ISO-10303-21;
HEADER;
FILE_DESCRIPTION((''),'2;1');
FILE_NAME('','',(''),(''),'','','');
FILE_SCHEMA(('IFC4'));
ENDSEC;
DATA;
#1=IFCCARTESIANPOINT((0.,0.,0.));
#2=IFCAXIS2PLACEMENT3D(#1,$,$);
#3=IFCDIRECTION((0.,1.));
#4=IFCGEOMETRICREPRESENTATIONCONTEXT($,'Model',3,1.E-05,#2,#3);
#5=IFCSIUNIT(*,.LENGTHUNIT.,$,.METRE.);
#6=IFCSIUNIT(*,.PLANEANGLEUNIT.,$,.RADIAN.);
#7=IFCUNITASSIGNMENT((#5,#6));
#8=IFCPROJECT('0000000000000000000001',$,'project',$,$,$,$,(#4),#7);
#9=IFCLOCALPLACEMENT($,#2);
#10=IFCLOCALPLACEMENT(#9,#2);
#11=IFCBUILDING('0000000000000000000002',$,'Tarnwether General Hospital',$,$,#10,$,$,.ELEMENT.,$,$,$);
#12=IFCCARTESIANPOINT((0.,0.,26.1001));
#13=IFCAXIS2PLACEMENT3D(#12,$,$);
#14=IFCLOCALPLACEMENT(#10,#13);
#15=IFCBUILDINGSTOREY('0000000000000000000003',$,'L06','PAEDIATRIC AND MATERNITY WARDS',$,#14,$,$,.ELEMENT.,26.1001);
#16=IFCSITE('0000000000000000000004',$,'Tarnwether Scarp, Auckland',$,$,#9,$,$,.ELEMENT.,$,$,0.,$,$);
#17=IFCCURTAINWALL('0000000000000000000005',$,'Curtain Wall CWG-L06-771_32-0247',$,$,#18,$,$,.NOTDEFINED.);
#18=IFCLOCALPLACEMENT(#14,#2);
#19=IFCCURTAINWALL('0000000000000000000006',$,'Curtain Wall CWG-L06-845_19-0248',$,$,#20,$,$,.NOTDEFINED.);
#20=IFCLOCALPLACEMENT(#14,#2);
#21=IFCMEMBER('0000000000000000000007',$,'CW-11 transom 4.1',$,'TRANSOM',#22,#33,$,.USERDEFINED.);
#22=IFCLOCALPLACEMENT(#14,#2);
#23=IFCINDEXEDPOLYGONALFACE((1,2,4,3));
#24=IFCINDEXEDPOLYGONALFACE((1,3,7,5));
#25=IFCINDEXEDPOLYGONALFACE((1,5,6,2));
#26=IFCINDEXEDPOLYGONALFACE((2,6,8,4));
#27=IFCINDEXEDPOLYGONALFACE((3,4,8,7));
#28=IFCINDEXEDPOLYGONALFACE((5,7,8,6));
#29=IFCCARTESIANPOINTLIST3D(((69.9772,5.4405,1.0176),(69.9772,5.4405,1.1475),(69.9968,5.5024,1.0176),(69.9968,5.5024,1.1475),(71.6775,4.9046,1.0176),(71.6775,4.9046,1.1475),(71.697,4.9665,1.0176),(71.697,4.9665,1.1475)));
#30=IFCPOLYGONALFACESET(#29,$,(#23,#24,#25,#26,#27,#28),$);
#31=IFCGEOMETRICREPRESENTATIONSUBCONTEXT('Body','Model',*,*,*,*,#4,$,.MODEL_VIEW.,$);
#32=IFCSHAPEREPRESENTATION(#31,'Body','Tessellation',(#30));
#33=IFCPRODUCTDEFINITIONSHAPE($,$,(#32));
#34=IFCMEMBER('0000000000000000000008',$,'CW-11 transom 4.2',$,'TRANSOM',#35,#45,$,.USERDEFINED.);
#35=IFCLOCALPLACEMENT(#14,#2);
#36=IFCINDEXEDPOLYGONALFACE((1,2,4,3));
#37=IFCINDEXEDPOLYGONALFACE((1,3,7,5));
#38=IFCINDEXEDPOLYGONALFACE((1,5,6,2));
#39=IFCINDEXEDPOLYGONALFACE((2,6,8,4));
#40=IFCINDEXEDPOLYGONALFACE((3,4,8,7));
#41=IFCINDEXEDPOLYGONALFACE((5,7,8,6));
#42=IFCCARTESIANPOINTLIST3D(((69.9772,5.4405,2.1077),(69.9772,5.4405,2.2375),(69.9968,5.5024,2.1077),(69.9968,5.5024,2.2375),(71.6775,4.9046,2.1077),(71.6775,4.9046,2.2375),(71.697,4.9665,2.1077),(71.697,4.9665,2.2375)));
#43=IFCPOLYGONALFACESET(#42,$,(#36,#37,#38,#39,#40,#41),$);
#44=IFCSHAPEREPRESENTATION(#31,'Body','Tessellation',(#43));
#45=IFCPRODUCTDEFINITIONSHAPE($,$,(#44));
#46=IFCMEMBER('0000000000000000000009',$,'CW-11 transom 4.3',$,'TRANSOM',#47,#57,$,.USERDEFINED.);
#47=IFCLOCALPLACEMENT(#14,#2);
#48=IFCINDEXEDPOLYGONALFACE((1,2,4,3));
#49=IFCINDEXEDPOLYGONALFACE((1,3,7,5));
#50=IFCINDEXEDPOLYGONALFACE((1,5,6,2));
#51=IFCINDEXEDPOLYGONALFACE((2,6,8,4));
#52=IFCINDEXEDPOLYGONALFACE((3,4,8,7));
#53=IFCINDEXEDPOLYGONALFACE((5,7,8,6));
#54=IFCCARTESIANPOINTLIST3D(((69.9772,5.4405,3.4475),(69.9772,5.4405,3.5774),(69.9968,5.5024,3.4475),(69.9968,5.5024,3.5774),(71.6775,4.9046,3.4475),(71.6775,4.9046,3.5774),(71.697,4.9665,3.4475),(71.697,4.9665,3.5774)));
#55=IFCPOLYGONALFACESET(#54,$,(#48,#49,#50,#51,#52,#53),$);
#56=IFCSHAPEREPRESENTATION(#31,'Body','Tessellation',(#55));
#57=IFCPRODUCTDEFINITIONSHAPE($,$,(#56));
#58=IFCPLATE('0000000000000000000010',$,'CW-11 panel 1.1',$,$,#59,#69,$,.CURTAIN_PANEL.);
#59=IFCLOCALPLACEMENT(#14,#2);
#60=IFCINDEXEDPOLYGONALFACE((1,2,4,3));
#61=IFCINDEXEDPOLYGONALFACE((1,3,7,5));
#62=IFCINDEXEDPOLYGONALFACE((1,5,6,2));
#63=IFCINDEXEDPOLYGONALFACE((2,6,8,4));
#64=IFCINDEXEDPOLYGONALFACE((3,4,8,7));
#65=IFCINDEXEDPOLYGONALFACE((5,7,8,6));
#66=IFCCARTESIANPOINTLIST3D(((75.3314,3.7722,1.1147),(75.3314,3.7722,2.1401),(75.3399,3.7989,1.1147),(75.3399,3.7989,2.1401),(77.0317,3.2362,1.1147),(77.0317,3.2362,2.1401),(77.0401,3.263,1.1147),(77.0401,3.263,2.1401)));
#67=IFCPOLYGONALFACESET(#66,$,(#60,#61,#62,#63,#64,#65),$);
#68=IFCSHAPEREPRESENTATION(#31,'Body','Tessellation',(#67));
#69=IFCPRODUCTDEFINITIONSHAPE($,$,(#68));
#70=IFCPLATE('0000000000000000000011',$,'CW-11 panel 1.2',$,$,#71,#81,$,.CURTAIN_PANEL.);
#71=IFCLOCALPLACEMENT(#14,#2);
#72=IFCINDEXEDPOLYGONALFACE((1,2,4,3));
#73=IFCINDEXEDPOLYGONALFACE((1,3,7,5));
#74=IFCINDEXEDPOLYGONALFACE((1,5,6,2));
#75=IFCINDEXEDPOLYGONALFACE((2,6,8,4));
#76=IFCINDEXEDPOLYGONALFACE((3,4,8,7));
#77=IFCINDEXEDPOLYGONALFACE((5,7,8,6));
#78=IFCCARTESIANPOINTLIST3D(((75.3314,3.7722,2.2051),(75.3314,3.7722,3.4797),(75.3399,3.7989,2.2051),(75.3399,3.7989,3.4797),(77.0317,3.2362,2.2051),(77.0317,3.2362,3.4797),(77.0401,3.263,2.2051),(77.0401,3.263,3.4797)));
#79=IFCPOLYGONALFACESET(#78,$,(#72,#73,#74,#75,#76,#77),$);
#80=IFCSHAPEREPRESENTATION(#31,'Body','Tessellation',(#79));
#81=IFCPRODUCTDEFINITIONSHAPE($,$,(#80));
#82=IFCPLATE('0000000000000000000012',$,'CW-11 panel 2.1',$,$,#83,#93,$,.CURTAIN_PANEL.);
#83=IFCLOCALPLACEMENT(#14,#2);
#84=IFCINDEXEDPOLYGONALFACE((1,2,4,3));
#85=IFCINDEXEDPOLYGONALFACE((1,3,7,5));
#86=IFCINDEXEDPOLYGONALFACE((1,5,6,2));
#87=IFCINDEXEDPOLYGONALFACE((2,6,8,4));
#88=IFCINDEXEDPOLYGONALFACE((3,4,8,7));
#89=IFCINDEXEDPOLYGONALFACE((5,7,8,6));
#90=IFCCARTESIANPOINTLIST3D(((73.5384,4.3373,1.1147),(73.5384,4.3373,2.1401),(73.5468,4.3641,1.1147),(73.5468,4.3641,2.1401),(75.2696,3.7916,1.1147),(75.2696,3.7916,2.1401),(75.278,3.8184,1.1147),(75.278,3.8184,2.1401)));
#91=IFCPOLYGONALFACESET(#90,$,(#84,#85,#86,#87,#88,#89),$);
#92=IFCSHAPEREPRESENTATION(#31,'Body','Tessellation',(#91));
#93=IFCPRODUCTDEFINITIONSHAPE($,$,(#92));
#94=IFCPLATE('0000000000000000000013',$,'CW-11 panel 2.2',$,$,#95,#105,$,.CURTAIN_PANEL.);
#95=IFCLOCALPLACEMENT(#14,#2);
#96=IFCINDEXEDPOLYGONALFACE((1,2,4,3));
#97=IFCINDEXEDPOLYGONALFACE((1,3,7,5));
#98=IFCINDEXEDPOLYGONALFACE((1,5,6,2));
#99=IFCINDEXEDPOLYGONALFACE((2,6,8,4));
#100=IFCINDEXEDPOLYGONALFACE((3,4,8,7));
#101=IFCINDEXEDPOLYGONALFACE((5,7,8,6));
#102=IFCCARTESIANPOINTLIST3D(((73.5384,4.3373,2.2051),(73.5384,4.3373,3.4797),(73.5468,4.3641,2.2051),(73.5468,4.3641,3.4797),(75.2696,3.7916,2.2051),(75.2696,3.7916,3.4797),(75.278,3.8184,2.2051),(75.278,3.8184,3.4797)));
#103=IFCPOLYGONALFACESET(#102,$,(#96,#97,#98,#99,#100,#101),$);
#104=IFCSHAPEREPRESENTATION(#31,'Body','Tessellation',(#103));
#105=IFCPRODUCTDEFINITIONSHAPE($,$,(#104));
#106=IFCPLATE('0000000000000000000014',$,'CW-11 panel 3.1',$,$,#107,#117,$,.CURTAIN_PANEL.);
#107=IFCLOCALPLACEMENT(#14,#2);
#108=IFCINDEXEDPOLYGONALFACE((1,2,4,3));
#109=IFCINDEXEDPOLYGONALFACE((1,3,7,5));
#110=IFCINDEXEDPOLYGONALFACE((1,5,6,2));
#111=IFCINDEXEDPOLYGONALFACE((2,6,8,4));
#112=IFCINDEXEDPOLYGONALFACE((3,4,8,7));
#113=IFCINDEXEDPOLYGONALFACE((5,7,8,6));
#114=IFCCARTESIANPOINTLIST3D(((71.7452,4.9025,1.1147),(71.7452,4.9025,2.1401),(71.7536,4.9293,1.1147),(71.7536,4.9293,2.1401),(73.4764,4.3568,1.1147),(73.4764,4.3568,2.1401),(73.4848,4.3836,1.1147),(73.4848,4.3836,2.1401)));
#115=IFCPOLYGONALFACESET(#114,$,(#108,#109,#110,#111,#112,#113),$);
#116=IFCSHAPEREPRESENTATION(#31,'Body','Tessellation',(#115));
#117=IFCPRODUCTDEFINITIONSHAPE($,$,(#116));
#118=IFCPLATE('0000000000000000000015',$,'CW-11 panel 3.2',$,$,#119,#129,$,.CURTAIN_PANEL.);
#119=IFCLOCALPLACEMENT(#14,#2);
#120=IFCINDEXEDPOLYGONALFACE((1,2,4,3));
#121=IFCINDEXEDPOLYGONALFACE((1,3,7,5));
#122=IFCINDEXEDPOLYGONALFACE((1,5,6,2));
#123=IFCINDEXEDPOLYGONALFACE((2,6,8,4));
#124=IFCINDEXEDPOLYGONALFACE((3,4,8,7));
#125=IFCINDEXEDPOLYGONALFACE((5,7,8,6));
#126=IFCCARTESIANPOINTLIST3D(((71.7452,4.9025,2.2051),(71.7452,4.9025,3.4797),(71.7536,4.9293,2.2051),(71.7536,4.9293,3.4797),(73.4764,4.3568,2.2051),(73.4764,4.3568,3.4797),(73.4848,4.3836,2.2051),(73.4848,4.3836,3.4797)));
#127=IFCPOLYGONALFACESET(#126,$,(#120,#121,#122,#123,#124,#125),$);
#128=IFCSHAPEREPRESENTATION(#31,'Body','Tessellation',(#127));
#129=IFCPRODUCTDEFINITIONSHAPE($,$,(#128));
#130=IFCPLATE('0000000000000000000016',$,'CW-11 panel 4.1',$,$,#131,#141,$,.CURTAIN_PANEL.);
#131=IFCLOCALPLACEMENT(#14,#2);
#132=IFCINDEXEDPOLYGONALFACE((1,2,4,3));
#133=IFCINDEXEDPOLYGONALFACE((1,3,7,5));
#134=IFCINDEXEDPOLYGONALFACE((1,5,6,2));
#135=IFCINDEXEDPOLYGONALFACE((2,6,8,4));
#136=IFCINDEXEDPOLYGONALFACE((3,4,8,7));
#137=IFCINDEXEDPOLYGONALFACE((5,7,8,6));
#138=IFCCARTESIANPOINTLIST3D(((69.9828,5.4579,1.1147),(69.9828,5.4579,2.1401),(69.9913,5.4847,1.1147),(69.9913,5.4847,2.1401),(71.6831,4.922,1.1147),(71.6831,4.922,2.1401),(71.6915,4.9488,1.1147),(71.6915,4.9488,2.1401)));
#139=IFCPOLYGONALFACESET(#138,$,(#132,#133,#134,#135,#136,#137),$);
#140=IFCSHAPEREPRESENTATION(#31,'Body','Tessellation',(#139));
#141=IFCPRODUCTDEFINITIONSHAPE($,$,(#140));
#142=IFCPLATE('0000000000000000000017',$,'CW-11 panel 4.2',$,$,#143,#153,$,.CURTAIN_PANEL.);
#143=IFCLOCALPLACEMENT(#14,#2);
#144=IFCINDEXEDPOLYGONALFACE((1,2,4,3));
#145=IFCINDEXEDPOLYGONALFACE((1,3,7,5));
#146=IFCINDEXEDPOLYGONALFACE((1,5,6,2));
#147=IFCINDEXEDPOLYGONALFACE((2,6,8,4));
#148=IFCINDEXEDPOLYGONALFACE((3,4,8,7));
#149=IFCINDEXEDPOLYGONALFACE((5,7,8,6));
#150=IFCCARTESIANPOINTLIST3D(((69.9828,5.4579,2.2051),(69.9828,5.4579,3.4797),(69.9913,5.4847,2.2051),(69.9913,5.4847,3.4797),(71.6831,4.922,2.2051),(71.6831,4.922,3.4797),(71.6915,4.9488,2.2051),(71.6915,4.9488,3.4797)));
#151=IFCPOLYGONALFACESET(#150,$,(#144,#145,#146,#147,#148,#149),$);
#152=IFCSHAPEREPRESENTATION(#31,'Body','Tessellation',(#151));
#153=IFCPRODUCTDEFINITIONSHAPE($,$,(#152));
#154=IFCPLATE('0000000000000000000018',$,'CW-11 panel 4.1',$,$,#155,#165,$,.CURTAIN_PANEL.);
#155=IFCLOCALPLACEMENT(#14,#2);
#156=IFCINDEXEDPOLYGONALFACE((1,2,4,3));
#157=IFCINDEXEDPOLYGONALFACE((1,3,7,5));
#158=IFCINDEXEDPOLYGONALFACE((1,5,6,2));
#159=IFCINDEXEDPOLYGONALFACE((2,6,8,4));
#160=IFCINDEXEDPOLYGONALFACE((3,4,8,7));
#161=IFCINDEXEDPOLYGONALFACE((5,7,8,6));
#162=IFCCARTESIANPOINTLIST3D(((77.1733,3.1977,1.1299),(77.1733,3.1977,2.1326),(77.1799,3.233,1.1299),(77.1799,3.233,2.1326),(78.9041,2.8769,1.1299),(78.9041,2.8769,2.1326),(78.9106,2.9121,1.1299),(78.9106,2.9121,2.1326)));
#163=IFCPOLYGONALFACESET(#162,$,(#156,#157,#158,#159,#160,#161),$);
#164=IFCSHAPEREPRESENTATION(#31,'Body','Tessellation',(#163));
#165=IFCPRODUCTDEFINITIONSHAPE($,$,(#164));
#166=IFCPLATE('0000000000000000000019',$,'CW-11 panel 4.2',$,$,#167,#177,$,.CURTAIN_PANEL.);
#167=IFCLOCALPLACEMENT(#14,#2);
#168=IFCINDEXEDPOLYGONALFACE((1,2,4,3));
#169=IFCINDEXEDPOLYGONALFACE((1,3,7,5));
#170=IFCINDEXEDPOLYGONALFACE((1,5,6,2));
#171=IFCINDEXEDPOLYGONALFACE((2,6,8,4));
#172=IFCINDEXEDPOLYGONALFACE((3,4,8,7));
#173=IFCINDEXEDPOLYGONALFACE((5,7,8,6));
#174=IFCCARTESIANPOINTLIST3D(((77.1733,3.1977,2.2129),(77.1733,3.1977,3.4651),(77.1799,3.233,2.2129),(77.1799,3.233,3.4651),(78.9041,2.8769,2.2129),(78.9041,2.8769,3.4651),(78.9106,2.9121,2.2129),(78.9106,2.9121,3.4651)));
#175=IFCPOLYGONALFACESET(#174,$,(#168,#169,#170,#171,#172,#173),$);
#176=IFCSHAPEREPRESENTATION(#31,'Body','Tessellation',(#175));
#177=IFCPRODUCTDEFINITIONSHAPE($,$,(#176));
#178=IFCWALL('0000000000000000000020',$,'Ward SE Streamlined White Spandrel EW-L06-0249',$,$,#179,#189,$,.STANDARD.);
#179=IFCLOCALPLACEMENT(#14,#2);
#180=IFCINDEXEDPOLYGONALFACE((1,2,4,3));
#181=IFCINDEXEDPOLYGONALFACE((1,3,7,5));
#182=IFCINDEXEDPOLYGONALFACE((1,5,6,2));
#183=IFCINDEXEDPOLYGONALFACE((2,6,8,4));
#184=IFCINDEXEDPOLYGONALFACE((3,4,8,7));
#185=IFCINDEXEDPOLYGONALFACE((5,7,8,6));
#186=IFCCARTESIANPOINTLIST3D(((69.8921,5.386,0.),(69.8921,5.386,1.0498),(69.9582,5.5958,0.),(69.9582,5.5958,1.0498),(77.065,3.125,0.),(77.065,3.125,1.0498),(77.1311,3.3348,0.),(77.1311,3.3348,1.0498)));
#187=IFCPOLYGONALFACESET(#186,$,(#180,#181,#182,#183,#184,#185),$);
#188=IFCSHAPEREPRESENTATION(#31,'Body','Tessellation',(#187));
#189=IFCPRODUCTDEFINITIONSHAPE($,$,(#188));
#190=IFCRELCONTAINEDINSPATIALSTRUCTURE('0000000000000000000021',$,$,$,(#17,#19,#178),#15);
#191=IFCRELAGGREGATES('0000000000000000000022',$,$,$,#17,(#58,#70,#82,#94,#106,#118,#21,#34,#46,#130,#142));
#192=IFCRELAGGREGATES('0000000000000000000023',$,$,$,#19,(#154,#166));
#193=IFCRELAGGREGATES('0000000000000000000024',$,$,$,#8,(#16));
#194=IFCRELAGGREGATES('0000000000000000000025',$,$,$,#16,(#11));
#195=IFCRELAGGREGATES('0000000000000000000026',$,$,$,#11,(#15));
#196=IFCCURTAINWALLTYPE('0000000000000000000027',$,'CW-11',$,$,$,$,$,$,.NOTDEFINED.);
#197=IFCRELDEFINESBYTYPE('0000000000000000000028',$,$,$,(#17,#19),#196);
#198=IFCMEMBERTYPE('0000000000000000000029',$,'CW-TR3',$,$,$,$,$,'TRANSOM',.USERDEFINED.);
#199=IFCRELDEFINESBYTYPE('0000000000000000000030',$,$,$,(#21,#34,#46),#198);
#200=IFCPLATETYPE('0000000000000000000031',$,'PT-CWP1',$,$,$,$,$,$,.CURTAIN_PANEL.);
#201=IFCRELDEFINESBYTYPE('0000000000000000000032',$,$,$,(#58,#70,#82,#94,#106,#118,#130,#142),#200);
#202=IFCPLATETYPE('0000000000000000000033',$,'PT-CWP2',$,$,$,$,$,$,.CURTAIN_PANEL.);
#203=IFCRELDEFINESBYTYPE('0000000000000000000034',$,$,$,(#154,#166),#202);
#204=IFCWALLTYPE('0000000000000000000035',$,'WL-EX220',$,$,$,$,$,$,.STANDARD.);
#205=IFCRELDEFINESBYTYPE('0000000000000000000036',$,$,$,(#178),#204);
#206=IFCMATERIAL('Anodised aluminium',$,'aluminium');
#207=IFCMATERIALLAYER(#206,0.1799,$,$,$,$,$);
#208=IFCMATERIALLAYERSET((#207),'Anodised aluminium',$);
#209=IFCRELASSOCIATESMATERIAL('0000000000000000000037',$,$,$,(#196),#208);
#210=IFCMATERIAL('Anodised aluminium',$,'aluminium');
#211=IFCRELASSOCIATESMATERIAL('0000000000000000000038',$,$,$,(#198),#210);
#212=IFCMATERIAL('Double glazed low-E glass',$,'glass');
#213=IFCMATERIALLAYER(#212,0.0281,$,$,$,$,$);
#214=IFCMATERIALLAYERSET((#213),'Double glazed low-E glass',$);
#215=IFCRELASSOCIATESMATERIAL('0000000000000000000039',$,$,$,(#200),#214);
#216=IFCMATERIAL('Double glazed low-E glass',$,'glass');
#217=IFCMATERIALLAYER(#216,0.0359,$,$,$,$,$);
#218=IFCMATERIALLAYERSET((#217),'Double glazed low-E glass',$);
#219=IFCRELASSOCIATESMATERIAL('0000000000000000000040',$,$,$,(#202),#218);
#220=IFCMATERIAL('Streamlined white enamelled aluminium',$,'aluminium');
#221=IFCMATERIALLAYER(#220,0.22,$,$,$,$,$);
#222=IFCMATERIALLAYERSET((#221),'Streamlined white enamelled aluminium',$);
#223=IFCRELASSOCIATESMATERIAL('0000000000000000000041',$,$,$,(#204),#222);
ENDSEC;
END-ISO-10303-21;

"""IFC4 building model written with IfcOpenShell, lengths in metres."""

from ifc_helpers import new_model, si_unit, direction, frame, frame_2d, origin, origin_2d, place, context, subcontext, project, spatial, rectangle, extrude, material, layer, layer_set, material_profile, profile_set, type_object, element, aggregate, save


model = new_model("IFC4")

# Units and contexts
model_context = context("Model", 3, precision=1e-05, world=origin(), true_north=direction((0.0, 1.0)))
body_context = subcontext(model_context, "Body", "Model", "MODEL_VIEW")
ifc_project = project(units=[si_unit("LENGTHUNIT", "METRE"), si_unit("PLANEANGLEUNIT", "RADIAN")], contexts=[model_context])

# Site, building, storey
site_placement = place(None, origin())
site = spatial("IfcSite", under=ifc_project, at=site_placement, Name="Tarnwether Scarp, Auckland", CompositionType="ELEMENT", RefElevation=0.0)
building_placement = place(site_placement, origin())
building = spatial("IfcBuilding", under=site, at=building_placement, Name="Tarnwether General Hospital", CompositionType="ELEMENT")
storey_placement = place(building_placement, frame((0.0, 0.0, 26.1001)))
storey = spatial("IfcBuildingStorey", under=building, at=storey_placement, Name="L06", Description="PAEDIATRIC AND MATERNITY WARDS", CompositionType="ELEMENT", Elevation=26.1001)

# Curtain wall
ifc_material_1 = material(Name="Anodised aluminium", Category="aluminium")
ifc_layer_1 = layer(ifc_material_1, 0.1799)
ifc_layer_set_1 = layer_set([ifc_layer_1], Name="Anodised aluminium")
curtain_wall_type = type_object("IfcCurtainWallType", Name="CW-11", PredefinedType="NOTDEFINED", material=ifc_layer_set_1)
curtain_wall_1_placement = place(storey_placement, origin())
curtain_wall_1 = element("IfcCurtainWall", 1, at=curtain_wall_1_placement, inside=storey, type_object=curtain_wall_type, Name="Curtain Wall CWG-L06-771_32-0247", PredefinedType="NOTDEFINED")

# Curtain wall
curtain_wall_2_placement = place(storey_placement, origin())
curtain_wall_2 = element("IfcCurtainWall", 2, at=curtain_wall_2_placement, inside=storey, type_object=curtain_wall_type, Name="Curtain Wall CWG-L06-845_19-0248", PredefinedType="NOTDEFINED")

# Members
ifc_material_2 = material(Name="Anodised aluminium", Category="aluminium")
ifc_material_profile_1 = material_profile(ifc_material_2, rectangle(XDim=0.0649, YDim=0.1299, at=origin_2d()), Name="ALU-TRN-65x130")
ifc_profile_set_1 = profile_set([ifc_material_profile_1], Name="Anodised aluminium")
member_type_1 = type_object("IfcMemberType", Name="CW-TR3", ElementType="TRANSOM", PredefinedType="USERDEFINED", material=ifc_profile_set_1)
member_1_placement = place(storey_placement, frame((71.6873, 4.9355, 1.0825), z_axis=(-0.953746, 0.300614, 0.0), x_axis=(-0.300614, -0.953746, 0.0)))
member_1 = element("IfcMember", 3, at=member_1_placement, type_object=member_type_1, Name="CW-11 transom 4.1", ObjectType="TRANSOM", PredefinedType="USERDEFINED", context=body_context, shape_type="SweptSolid", body=[
    extrude(rectangle(XDim=0.0649, YDim=0.1299, at=origin_2d()), origin(), (0.0, 0.0, 1.0), 1.7827),
])
member_2_placement = place(storey_placement, frame((71.6873, 4.9355, 2.1726), z_axis=(-0.953746, 0.300614, 0.0), x_axis=(-0.300614, -0.953746, 0.0)))
member_2 = element("IfcMember", 4, at=member_2_placement, type_object=member_type_1, Name="CW-11 transom 4.2", ObjectType="TRANSOM", PredefinedType="USERDEFINED", context=body_context, shape_type="SweptSolid", body=[
    extrude(rectangle(XDim=0.0649, YDim=0.1299, at=origin_2d()), origin(), (0.0, 0.0, 1.0), 1.7827),
])
member_3_placement = place(storey_placement, frame((71.6873, 4.9355, 3.5125), z_axis=(-0.953746, 0.300614, 0.0), x_axis=(-0.300614, -0.953746, 0.0)))
member_3 = element("IfcMember", 5, at=member_3_placement, type_object=member_type_1, Name="CW-11 transom 4.3", ObjectType="TRANSOM", PredefinedType="USERDEFINED", context=body_context, shape_type="SweptSolid", body=[
    extrude(rectangle(XDim=0.0649, YDim=0.1299, at=origin_2d()), origin(), (0.0, 0.0, 1.0), 1.7827),
])

# Plates
ifc_material_3 = material(Name="Double glazed low-E glass", Category="glass")
ifc_layer_2 = layer(ifc_material_3, 0.0281)
ifc_layer_set_2 = layer_set([ifc_layer_2], Name="Double glazed low-E glass")
plate_type_1 = type_object("IfcPlateType", Name="PT-CWP1", PredefinedType="CURTAIN_PANEL", material=ifc_layer_set_2)
plate_1_placement = place(storey_placement, frame((76.1858, 3.5176, 1.1147), z_axis=(0.0, 0.0, 1.0), x_axis=(-0.953741, 0.300629, 0.0)))
plate_1 = element("IfcPlate", 6, at=plate_1_placement, type_object=plate_type_1, Name="CW-11 panel 1.1", PredefinedType="CURTAIN_PANEL", context=body_context, shape_type="SweptSolid", body=[
    extrude(rectangle(XDim=1.7827, YDim=0.0281, at=origin_2d()), origin(), (0.0, 0.0, 1.0), 1.0254),
])
plate_2_placement = place(storey_placement, frame((76.1858, 3.5176, 2.2051), z_axis=(0.0, 0.0, 1.0), x_axis=(-0.953741, 0.300629, 0.0)))
plate_2 = element("IfcPlate", 7, at=plate_2_placement, type_object=plate_type_1, Name="CW-11 panel 1.2", PredefinedType="CURTAIN_PANEL", context=body_context, shape_type="SweptSolid", body=[
    extrude(rectangle(XDim=1.7827, YDim=0.0281, at=origin_2d()), origin(), (0.0, 0.0, 1.0), 1.2747),
])
plate_3_placement = place(storey_placement, frame((74.4082, 4.0779, 1.1147), z_axis=(0.0, 0.0, 1.0), x_axis=(-0.953741, 0.300629, 0.0)))
plate_3 = element("IfcPlate", 8, at=plate_3_placement, type_object=plate_type_1, Name="CW-11 panel 2.1", PredefinedType="CURTAIN_PANEL", context=body_context, shape_type="SweptSolid", body=[
    extrude(rectangle(XDim=1.8152, YDim=0.0281, at=origin_2d()), origin(), (0.0, 0.0, 1.0), 1.0254),
])
plate_4_placement = place(storey_placement, frame((74.4082, 4.0779, 2.2051), z_axis=(0.0, 0.0, 1.0), x_axis=(-0.953741, 0.300629, 0.0)))
plate_4 = element("IfcPlate", 9, at=plate_4_placement, type_object=plate_type_1, Name="CW-11 panel 2.2", PredefinedType="CURTAIN_PANEL", context=body_context, shape_type="SweptSolid", body=[
    extrude(rectangle(XDim=1.8152, YDim=0.0281, at=origin_2d()), origin(), (0.0, 0.0, 1.0), 1.2747),
])
plate_5_placement = place(storey_placement, frame((72.615, 4.6431, 1.1147), z_axis=(0.0, 0.0, 1.0), x_axis=(-0.953741, 0.300629, 0.0)))
plate_5 = element("IfcPlate", 10, at=plate_5_placement, type_object=plate_type_1, Name="CW-11 panel 3.1", PredefinedType="CURTAIN_PANEL", context=body_context, shape_type="SweptSolid", body=[
    extrude(rectangle(XDim=1.8152, YDim=0.0281, at=origin_2d()), origin(), (0.0, 0.0, 1.0), 1.0254),
])
plate_6_placement = place(storey_placement, frame((72.615, 4.6431, 2.2051), z_axis=(0.0, 0.0, 1.0), x_axis=(-0.953741, 0.300629, 0.0)))
plate_6 = element("IfcPlate", 11, at=plate_6_placement, type_object=plate_type_1, Name="CW-11 panel 3.2", PredefinedType="CURTAIN_PANEL", context=body_context, shape_type="SweptSolid", body=[
    extrude(rectangle(XDim=1.8152, YDim=0.0281, at=origin_2d()), origin(), (0.0, 0.0, 1.0), 1.2747),
])
plate_7_placement = place(storey_placement, frame((70.8372, 5.2034, 1.1147), z_axis=(0.0, 0.0, 1.0), x_axis=(-0.953741, 0.300629, 0.0)))
plate_7 = element("IfcPlate", 12, at=plate_7_placement, type_object=plate_type_1, Name="CW-11 panel 4.1", PredefinedType="CURTAIN_PANEL", context=body_context, shape_type="SweptSolid", body=[
    extrude(rectangle(XDim=1.7827, YDim=0.0281, at=origin_2d()), origin(), (0.0, 0.0, 1.0), 1.0254),
])
plate_8_placement = place(storey_placement, frame((70.8372, 5.2034, 2.2051), z_axis=(0.0, 0.0, 1.0), x_axis=(-0.953741, 0.300629, 0.0)))
plate_8 = element("IfcPlate", 13, at=plate_8_placement, type_object=plate_type_1, Name="CW-11 panel 4.2", PredefinedType="CURTAIN_PANEL", context=body_context, shape_type="SweptSolid", body=[
    extrude(rectangle(XDim=1.7827, YDim=0.0281, at=origin_2d()), origin(), (0.0, 0.0, 1.0), 1.2747),
])
aggregate(curtain_wall_1, [plate_1, plate_2, plate_3, plate_4, plate_5, plate_6, member_1, member_2, member_3, plate_7, plate_8])
ifc_material_4 = material(Name="Double glazed low-E glass", Category="glass")
ifc_layer_3 = layer(ifc_material_4, 0.0359)
ifc_layer_set_3 = layer_set([ifc_layer_3], Name="Double glazed low-E glass")
plate_type_2 = type_object("IfcPlateType", Name="PT-CWP2", PredefinedType="CURTAIN_PANEL", material=ifc_layer_set_3)
plate_9_placement = place(storey_placement, frame((78.042, 3.0549, 1.1299), z_axis=(0.0, 0.0, 1.0), x_axis=(-0.983245, 0.182289, 0.0)))
plate_9 = element("IfcPlate", 14, at=plate_9_placement, type_object=plate_type_2, Name="CW-11 panel 4.1", PredefinedType="CURTAIN_PANEL", context=body_context, shape_type="SweptSolid", body=[
    extrude(rectangle(XDim=1.7603, YDim=0.0359, at=origin_2d()), origin(), (0.0, 0.0, 1.0), 1.0027),
])
plate_10_placement = place(storey_placement, frame((78.042, 3.0549, 2.2129), z_axis=(0.0, 0.0, 1.0), x_axis=(-0.983245, 0.182289, 0.0)))
plate_10 = element("IfcPlate", 15, at=plate_10_placement, type_object=plate_type_2, Name="CW-11 panel 4.2", PredefinedType="CURTAIN_PANEL", context=body_context, shape_type="SweptSolid", body=[
    extrude(rectangle(XDim=1.7603, YDim=0.0359, at=origin_2d()), origin(), (0.0, 0.0, 1.0), 1.2522),
])
aggregate(curtain_wall_2, [plate_9, plate_10])

# Wall
ifc_material_5 = material(Name="Streamlined white enamelled aluminium", Category="aluminium")
ifc_layer_4 = layer(ifc_material_5, 0.22)
ifc_layer_set_4 = layer_set([ifc_layer_4], Name="Streamlined white enamelled aluminium")
wall_type = type_object("IfcWallType", Name="WL-EX220", PredefinedType="STANDARD", material=ifc_layer_set_4)
wall_placement = place(storey_placement, frame((77.0979, 3.23, 0.0), z_axis=(0.0, 0.0, 1.0), x_axis=(-0.95374, 0.300633, 0.0)))
element("IfcWall", 16, at=wall_placement, inside=storey, type_object=wall_type, Name="Ward SE Streamlined White Spandrel EW-L06-0249", PredefinedType="STANDARD", context=body_context, shape_type="SweptSolid", body=[
    extrude(rectangle(XDim=7.5208, YDim=0.22, at=frame_2d((3.7603, 0.0))), origin(), (0.0, 0.0, 1.0), 1.0498),
])

save(model, "model.ifc")
